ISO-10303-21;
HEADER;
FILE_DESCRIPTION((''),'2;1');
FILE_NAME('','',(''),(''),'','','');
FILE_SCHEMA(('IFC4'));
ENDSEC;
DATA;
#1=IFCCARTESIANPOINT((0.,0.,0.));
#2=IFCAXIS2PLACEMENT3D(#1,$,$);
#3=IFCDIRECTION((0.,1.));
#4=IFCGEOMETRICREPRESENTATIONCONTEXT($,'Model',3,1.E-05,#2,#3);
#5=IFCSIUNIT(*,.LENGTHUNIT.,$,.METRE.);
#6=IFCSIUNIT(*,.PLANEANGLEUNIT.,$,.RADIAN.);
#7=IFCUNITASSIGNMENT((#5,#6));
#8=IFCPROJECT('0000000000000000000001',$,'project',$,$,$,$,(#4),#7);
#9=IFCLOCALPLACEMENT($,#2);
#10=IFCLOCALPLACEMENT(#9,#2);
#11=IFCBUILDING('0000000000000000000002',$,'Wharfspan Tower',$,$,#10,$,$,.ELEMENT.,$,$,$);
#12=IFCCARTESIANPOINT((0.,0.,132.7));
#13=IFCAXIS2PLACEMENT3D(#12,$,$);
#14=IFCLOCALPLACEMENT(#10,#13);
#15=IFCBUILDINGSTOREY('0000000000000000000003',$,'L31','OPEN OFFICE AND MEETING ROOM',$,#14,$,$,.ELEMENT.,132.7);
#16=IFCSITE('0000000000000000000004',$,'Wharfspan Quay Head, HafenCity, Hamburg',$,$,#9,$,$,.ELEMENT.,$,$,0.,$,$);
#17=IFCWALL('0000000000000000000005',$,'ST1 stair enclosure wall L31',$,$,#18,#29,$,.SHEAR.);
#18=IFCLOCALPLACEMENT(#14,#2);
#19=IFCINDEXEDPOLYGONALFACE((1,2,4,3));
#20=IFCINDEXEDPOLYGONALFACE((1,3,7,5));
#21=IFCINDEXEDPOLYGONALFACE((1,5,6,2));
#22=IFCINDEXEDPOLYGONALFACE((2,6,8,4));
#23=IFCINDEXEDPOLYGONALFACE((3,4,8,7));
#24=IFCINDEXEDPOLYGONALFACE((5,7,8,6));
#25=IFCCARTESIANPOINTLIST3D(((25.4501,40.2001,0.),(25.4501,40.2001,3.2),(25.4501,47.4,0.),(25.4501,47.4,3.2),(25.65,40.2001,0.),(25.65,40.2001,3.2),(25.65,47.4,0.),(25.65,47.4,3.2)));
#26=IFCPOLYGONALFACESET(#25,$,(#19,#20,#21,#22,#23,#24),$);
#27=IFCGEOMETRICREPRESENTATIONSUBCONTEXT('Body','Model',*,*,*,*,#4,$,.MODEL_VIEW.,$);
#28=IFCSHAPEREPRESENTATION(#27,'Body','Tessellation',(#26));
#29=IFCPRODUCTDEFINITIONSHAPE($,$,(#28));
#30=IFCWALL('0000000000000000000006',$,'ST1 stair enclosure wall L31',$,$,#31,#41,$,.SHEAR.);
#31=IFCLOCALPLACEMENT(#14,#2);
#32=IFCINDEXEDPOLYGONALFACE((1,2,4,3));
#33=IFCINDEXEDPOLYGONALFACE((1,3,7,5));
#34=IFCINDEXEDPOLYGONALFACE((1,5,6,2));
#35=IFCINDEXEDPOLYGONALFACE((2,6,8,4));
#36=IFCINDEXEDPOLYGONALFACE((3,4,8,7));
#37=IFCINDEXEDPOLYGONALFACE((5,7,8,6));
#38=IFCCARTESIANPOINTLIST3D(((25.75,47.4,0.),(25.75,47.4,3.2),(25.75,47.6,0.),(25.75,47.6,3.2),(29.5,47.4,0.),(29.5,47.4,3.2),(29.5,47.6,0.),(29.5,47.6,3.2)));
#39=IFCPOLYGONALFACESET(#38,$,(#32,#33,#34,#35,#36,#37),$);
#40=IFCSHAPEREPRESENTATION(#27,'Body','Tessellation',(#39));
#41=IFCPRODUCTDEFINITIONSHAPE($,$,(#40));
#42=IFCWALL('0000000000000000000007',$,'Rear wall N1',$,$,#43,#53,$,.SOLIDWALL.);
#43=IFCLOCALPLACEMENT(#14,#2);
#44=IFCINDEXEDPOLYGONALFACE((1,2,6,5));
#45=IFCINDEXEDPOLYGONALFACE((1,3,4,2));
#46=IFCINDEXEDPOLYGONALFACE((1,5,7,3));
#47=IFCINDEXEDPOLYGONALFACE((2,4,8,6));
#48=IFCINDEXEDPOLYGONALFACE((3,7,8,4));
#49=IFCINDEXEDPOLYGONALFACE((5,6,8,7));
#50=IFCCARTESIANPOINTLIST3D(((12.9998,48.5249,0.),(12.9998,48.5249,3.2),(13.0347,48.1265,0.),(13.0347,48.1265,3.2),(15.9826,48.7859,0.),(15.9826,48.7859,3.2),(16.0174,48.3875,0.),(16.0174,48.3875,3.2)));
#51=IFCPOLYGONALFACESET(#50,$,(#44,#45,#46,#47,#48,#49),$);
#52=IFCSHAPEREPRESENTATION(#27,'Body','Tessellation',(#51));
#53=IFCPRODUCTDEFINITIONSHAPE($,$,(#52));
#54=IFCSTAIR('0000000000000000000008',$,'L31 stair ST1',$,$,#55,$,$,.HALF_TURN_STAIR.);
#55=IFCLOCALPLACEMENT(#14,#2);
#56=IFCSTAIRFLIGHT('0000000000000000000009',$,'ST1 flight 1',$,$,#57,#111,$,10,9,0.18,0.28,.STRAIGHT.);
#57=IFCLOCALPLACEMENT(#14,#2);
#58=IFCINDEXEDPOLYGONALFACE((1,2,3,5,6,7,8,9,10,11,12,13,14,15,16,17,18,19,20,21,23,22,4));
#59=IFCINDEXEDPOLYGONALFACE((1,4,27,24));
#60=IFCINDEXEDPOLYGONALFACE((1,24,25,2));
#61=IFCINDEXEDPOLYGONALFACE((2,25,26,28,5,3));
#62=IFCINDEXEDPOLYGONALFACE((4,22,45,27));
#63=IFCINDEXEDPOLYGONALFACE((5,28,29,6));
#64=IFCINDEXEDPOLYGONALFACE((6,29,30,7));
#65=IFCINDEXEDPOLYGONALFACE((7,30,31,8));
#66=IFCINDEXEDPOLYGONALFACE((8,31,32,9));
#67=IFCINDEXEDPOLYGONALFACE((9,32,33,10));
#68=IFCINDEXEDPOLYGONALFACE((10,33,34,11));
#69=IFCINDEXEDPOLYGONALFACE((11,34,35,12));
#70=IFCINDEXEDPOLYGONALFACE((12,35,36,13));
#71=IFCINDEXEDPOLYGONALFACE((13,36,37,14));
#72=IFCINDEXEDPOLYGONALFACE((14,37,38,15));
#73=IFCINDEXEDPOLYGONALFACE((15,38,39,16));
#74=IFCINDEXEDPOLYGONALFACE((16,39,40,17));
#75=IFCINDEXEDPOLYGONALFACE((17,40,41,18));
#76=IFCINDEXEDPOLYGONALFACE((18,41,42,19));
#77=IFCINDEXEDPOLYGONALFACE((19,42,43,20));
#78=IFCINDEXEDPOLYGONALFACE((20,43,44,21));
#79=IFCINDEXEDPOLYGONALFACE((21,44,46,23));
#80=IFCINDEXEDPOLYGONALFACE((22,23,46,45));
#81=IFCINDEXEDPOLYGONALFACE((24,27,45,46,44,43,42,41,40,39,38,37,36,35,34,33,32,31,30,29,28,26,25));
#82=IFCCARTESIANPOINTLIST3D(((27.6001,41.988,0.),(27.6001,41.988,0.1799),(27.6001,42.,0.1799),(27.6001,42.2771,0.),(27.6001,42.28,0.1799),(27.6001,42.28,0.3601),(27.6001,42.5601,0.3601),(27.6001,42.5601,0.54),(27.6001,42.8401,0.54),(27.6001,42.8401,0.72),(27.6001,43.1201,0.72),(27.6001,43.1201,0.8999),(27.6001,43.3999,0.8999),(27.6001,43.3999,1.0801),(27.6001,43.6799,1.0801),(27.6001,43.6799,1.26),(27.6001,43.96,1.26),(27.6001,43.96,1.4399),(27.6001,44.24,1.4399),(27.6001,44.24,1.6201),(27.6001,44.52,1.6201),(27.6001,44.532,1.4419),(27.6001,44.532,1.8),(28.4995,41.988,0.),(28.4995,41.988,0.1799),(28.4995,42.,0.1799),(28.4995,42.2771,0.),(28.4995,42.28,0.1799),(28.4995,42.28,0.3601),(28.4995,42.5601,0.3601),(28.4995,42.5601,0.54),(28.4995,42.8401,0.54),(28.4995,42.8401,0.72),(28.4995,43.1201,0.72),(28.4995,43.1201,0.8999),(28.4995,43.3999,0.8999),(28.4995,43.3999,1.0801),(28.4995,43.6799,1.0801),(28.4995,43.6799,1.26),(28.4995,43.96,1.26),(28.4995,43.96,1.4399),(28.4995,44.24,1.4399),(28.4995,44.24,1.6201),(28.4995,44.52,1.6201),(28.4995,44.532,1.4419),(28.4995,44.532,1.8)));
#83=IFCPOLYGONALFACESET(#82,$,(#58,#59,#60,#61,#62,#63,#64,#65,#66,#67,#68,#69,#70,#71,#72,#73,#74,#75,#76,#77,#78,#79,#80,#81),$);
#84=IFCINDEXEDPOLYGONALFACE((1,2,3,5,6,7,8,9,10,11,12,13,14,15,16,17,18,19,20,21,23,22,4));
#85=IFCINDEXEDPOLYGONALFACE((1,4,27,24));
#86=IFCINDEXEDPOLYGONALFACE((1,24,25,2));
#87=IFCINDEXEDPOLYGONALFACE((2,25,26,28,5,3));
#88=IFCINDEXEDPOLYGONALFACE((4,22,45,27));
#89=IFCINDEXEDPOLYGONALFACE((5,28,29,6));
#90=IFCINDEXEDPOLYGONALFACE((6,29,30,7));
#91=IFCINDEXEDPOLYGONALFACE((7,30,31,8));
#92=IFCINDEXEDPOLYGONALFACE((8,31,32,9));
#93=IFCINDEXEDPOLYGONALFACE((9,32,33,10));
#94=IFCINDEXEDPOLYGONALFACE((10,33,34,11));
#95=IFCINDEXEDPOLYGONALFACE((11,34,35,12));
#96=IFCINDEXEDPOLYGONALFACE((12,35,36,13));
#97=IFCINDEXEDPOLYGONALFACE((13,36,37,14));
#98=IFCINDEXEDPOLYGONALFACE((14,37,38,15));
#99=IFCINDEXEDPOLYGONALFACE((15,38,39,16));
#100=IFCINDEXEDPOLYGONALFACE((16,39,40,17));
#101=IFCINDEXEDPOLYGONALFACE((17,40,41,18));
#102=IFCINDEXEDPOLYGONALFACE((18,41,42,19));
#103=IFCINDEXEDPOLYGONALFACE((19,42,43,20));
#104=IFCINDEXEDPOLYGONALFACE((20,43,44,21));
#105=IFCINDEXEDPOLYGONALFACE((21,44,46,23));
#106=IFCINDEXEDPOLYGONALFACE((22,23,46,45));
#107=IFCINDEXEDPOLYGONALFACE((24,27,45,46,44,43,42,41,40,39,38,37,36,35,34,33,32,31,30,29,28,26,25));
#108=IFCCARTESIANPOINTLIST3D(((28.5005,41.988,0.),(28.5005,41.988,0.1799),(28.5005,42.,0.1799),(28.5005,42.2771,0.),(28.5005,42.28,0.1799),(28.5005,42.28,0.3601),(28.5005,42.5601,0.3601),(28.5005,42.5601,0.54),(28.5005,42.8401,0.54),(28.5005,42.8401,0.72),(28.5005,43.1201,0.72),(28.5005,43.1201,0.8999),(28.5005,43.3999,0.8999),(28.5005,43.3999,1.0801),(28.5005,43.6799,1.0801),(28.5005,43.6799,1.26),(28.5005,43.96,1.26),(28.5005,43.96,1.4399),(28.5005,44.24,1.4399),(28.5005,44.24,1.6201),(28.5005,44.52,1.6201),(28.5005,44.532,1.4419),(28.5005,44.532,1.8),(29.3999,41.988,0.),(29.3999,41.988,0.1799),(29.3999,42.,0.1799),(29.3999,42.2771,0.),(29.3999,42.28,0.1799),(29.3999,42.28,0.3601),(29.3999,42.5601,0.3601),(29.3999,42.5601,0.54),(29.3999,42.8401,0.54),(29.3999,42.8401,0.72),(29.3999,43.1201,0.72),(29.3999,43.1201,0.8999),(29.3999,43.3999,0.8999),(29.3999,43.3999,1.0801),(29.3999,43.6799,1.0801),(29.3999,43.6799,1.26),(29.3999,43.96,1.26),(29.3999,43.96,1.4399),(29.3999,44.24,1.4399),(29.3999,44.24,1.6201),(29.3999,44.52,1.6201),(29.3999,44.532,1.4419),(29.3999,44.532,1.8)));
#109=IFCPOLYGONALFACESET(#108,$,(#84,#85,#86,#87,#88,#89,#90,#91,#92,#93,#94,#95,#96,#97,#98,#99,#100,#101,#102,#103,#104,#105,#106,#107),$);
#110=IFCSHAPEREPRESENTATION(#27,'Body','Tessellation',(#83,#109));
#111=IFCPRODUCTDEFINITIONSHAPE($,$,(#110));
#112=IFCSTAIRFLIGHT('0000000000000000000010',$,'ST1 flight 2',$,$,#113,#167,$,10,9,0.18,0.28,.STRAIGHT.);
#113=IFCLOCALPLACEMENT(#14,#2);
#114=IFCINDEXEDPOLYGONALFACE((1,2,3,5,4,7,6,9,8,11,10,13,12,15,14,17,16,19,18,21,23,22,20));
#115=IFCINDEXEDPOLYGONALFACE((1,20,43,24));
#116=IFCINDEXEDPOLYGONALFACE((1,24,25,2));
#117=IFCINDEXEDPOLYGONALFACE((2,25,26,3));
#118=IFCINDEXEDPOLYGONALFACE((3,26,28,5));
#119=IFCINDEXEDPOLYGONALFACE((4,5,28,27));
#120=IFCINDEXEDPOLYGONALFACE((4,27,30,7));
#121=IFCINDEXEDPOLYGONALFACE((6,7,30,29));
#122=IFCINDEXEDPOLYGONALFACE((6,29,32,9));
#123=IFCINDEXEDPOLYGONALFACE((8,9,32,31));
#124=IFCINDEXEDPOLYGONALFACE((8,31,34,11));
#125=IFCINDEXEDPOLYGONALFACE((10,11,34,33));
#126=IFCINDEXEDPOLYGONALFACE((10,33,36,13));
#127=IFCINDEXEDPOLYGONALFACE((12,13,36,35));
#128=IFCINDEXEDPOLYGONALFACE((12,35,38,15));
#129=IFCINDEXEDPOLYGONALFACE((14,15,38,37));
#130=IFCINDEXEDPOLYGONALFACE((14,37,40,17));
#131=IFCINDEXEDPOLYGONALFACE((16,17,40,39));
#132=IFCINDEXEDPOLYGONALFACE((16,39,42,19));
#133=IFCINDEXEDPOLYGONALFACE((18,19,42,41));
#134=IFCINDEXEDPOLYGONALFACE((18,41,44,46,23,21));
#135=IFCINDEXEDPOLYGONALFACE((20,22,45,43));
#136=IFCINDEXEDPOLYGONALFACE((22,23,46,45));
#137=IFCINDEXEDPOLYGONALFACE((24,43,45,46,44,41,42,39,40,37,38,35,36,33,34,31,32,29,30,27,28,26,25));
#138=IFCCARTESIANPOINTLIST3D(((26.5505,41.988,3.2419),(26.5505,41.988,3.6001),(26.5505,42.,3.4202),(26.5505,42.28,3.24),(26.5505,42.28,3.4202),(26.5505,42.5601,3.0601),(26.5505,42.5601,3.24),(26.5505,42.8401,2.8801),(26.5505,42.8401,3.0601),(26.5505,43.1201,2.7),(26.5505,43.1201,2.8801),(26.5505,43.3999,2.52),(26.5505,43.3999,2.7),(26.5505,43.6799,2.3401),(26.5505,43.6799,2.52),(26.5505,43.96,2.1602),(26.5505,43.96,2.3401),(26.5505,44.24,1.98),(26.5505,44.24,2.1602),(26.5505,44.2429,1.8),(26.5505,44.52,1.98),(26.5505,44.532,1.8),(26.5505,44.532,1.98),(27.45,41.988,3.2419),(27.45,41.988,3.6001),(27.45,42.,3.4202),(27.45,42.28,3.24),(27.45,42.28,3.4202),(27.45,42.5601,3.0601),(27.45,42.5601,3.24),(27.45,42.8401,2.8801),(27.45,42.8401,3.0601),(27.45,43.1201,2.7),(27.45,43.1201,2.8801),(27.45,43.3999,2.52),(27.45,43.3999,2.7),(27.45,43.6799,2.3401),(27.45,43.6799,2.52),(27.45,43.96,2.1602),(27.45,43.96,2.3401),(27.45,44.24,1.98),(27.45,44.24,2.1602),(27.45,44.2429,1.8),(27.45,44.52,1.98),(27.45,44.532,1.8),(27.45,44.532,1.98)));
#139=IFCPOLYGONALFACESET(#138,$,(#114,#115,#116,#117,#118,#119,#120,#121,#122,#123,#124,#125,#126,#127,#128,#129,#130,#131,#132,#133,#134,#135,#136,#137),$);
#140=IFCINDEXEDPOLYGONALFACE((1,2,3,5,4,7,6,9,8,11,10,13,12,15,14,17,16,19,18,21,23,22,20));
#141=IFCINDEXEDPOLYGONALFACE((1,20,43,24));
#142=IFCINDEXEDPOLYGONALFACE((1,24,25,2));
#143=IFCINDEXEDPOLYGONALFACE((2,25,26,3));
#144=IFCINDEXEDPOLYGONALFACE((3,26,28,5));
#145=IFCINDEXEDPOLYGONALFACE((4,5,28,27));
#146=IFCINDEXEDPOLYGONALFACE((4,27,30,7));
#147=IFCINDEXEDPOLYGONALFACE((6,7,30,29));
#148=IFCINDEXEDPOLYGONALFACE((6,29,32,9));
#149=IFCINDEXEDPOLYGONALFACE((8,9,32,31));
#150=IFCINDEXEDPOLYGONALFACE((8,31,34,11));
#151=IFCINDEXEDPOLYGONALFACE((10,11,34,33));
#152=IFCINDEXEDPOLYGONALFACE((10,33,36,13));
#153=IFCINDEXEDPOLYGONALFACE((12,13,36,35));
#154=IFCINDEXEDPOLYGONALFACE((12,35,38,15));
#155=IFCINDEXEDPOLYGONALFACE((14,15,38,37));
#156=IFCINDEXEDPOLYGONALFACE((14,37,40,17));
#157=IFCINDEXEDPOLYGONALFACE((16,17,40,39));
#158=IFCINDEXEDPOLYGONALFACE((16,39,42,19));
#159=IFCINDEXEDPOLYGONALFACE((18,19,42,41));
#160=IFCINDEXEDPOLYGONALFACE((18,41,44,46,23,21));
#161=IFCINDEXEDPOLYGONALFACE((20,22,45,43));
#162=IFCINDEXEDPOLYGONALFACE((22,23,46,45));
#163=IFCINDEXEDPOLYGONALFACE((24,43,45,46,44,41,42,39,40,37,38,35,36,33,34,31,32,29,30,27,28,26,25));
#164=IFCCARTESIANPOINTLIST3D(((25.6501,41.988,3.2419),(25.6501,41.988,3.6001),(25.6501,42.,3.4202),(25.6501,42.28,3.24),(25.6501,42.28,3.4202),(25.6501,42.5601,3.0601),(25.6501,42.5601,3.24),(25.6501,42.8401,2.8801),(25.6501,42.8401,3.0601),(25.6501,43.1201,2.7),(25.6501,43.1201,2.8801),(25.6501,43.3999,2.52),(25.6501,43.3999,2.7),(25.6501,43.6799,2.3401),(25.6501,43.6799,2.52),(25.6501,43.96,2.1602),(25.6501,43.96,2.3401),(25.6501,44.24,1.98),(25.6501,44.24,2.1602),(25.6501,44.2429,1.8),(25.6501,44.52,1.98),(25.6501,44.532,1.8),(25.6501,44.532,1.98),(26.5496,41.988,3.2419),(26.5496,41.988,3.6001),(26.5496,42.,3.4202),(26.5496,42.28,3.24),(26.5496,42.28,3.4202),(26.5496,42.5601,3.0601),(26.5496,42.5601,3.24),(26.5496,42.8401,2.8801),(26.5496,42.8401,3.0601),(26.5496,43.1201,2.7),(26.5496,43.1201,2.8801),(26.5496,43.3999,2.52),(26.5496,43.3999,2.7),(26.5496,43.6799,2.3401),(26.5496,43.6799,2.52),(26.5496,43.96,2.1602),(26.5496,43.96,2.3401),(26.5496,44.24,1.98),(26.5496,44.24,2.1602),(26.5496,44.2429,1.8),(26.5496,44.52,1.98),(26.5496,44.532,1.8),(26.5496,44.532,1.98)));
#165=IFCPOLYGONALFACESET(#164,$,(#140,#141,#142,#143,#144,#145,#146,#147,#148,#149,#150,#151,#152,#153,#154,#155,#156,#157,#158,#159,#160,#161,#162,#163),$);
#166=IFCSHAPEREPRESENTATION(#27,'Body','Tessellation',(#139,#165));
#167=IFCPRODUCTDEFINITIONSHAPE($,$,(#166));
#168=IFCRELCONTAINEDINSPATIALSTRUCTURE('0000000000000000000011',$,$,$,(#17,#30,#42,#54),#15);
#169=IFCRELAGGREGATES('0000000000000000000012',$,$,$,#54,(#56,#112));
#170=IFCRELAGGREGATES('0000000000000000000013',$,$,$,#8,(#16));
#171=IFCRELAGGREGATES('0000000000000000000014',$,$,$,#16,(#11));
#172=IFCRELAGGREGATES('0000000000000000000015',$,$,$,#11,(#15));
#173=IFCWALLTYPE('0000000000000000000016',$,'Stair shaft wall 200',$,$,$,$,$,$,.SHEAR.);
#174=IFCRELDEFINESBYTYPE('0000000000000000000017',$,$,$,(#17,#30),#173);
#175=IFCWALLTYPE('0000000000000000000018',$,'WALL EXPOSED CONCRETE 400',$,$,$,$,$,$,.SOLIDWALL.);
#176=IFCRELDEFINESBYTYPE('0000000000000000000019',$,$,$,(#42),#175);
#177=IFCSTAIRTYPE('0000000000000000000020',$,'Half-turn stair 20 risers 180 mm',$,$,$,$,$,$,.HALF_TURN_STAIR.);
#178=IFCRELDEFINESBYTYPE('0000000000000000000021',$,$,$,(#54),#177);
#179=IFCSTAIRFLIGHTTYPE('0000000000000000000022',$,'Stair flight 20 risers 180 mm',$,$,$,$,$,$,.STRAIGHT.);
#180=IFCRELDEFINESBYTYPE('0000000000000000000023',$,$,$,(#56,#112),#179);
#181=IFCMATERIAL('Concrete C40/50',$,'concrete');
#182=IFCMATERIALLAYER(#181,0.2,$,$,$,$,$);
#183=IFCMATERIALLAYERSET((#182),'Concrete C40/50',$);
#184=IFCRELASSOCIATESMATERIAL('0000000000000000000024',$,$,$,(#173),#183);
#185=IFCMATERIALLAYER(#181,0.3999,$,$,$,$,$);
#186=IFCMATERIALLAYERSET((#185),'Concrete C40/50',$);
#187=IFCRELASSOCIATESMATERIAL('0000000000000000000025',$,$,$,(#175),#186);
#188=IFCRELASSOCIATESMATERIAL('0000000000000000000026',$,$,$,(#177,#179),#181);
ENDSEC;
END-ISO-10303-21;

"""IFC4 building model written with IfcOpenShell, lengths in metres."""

from ifc_helpers import new_model, si_unit, direction, frame, frame_2d, origin, place, context, subcontext, project, spatial, polyline, rectangle, outline, extrude, material, layer, layer_set, type_object, element, aggregate, save


model = new_model("IFC4")

# Units and contexts
model_context = context("Model", 3, precision=1e-05, world=origin(), true_north=direction((0.0, 1.0)))
body_context = subcontext(model_context, "Body", "Model", "MODEL_VIEW")
ifc_project = project(units=[si_unit("LENGTHUNIT", "METRE"), si_unit("PLANEANGLEUNIT", "RADIAN")], contexts=[model_context])

# Site, building, storey
site_placement = place(None, origin())
site = spatial("IfcSite", under=ifc_project, at=site_placement, Name="Wharfspan Quay Head, HafenCity, Hamburg", CompositionType="ELEMENT", RefElevation=0.0)
building_placement = place(site_placement, origin())
building = spatial("IfcBuilding", under=site, at=building_placement, Name="Wharfspan Tower", CompositionType="ELEMENT")
storey_placement = place(building_placement, frame((0.0, 0.0, 132.7)))
storey = spatial("IfcBuildingStorey", under=building, at=storey_placement, Name="L31", Description="OPEN OFFICE AND MEETING ROOM", CompositionType="ELEMENT", Elevation=132.7)

# Shared definitions
ifc_material_1 = material(Name="Concrete C40/50", Category="concrete")
ifc_layer_1 = layer(ifc_material_1, 0.2)
ifc_layer_set_1 = layer_set([ifc_layer_1], Name="Concrete C40/50")
wall_type_1 = type_object("IfcWallType", Name="Stair shaft wall 200", PredefinedType="SHEAR", material=ifc_layer_set_1)

# Walls
wall_1_placement = place(storey_placement, frame((25.55, 40.2, 0.0), z_axis=(0.0, 0.0, 1.0), x_axis=(0.0, 1.0, 0.0)))
element("IfcWall", 1, at=wall_1_placement, inside=storey, type_object=wall_type_1, Name="ST1 stair enclosure wall L31", PredefinedType="SHEAR", context=body_context, shape_type="SweptSolid", body=[
    extrude(rectangle(XDim=7.2, YDim=0.2, at=frame_2d((3.6001, 0.0))), origin(), (0.0, 0.0, 1.0), 3.2),
])
wall_2_placement = place(storey_placement, frame((25.75, 47.5, 0.0), z_axis=(0.0, 0.0, 1.0), x_axis=(1.0, 0.0, 0.0)))
element("IfcWall", 2, at=wall_2_placement, inside=storey, type_object=wall_type_1, Name="ST1 stair enclosure wall L31", PredefinedType="SHEAR", context=body_context, shape_type="SweptSolid", body=[
    extrude(rectangle(XDim=3.75, YDim=0.2, at=frame_2d((1.875, 0.0))), origin(), (0.0, 0.0, 1.0), 3.2),
])
ifc_layer_2 = layer(ifc_material_1, 0.3999)
ifc_layer_set_2 = layer_set([ifc_layer_2], Name="Concrete C40/50")
wall_type_2 = type_object("IfcWallType", Name="WALL EXPOSED CONCRETE 400", PredefinedType="SOLIDWALL", material=ifc_layer_set_2)
wall_3_placement = place(storey_placement, frame((16.0, 48.5867, 0.0), z_axis=(0.0, 0.0, 1.0), x_axis=(-0.996194, -0.087168, 0.0)))
element("IfcWall", 3, at=wall_3_placement, inside=storey, type_object=wall_type_2, Name="Rear wall N1", PredefinedType="SOLIDWALL", context=body_context, shape_type="SweptSolid", body=[
    extrude(rectangle(XDim=2.9941, YDim=0.3999, at=frame_2d((1.4971, 0.0))), origin(), (0.0, 0.0, 1.0), 3.2),
])

# Stair, stair flights
stair_type = type_object("IfcStairType", Name="Half-turn stair 20 risers 180 mm", PredefinedType="HALF_TURN_STAIR", material=ifc_material_1)
stair_placement = place(storey_placement, origin())
stair = element("IfcStair", 4, at=stair_placement, inside=storey, type_object=stair_type, Name="L31 stair ST1", PredefinedType="HALF_TURN_STAIR")
stair_flight_type = type_object("IfcStairFlightType", Name="Stair flight 20 risers 180 mm", PredefinedType="STRAIGHT", material=ifc_material_1)
stair_flight_1_placement = place(storey_placement, frame((28.5, 42.0, 0.0), z_axis=(0.0, 0.0, 1.0), x_axis=(0.0, 1.0, 0.0)))
stair_flight_1 = element("IfcStairFlight", 5, at=stair_flight_1_placement, type_object=stair_flight_type, Name="ST1 flight 1", NumberOfRisers=10, NumberOfTreads=9, PredefinedType="STRAIGHT", RiserHeight=0.18, TreadLength=0.28, context=body_context, shape_type="SweptSolid", body=[
    extrude(outline(polyline([(-0.012, 0.0), (-0.012, 0.1799), (0.0, 0.1799), (0.28, 0.1799), (0.28, 0.3601), (0.5601, 0.3601), (0.5601, 0.54), (0.8401, 0.54), (0.8401, 0.72), (1.1201, 0.72), (1.1201, 0.8999), (1.3999, 0.8999), (1.3999, 1.0801), (1.6799, 1.0801), (1.6799, 1.26), (1.96, 1.26), (1.96, 1.4399), (2.24, 1.4399), (2.24, 1.6201), (2.52, 1.6201), (2.532, 1.8), (2.532, 1.4419), (0.2771, 0.0), (-0.012, 0.0)])), frame((0.0, 0.8999, 0.0), z_axis=(0.0, -1.0, 0.0), x_axis=(1.0, 0.0, 0.0)), (0.0, 0.0, 1.0), 0.8994),
    extrude(outline(polyline([(-0.012, 0.0), (-0.012, 0.1799), (0.0, 0.1799), (0.28, 0.1799), (0.28, 0.3601), (0.5601, 0.3601), (0.5601, 0.54), (0.8401, 0.54), (0.8401, 0.72), (1.1201, 0.72), (1.1201, 0.8999), (1.3999, 0.8999), (1.3999, 1.0801), (1.6799, 1.0801), (1.6799, 1.26), (1.96, 1.26), (1.96, 1.4399), (2.24, 1.4399), (2.24, 1.6201), (2.52, 1.6201), (2.532, 1.8), (2.532, 1.4419), (0.2771, 0.0), (-0.012, 0.0)])), frame((0.0, -0.0005, 0.0), z_axis=(0.0, -1.0, 0.0), x_axis=(1.0, 0.0, 0.0)), (0.0, 0.0, 1.0), 0.8994),
])
stair_flight_2_placement = place(storey_placement, frame((26.55, 44.52, 1.8), z_axis=(0.0, 0.0, 1.0), x_axis=(0.0, -1.0, 0.0)))
stair_flight_2 = element("IfcStairFlight", 6, at=stair_flight_2_placement, type_object=stair_flight_type, Name="ST1 flight 2", NumberOfRisers=10, NumberOfTreads=9, PredefinedType="STRAIGHT", RiserHeight=0.18, TreadLength=0.28, context=body_context, shape_type="SweptSolid", body=[
    extrude(outline(polyline([(-0.012, 0.0), (-0.012, 0.1799), (0.0, 0.1799), (0.28, 0.1799), (0.28, 0.3601), (0.5601, 0.3601), (0.5601, 0.54), (0.8401, 0.54), (0.8401, 0.72), (1.1201, 0.72), (1.1201, 0.8999), (1.3999, 0.8999), (1.3999, 1.0801), (1.6799, 1.0801), (1.6799, 1.26), (1.96, 1.26), (1.96, 1.4399), (2.24, 1.4399), (2.24, 1.6201), (2.52, 1.6201), (2.532, 1.8), (2.532, 1.4419), (0.2771, 0.0), (-0.012, 0.0)])), frame((0.0, 0.8999, 0.0), z_axis=(0.0, -1.0, 0.0), x_axis=(1.0, 0.0, 0.0)), (0.0, 0.0, 1.0), 0.8994),
    extrude(outline(polyline([(-0.012, 0.0), (-0.012, 0.1799), (0.0, 0.1799), (0.28, 0.1799), (0.28, 0.3601), (0.5601, 0.3601), (0.5601, 0.54), (0.8401, 0.54), (0.8401, 0.72), (1.1201, 0.72), (1.1201, 0.8999), (1.3999, 0.8999), (1.3999, 1.0801), (1.6799, 1.0801), (1.6799, 1.26), (1.96, 1.26), (1.96, 1.4399), (2.24, 1.4399), (2.24, 1.6201), (2.52, 1.6201), (2.532, 1.8), (2.532, 1.4419), (0.2771, 0.0), (-0.012, 0.0)])), frame((0.0, -0.0005, 0.0), z_axis=(0.0, -1.0, 0.0), x_axis=(1.0, 0.0, 0.0)), (0.0, 0.0, 1.0), 0.8994),
])
aggregate(stair, [stair_flight_1, stair_flight_2])

save(model, "model.ifc")
